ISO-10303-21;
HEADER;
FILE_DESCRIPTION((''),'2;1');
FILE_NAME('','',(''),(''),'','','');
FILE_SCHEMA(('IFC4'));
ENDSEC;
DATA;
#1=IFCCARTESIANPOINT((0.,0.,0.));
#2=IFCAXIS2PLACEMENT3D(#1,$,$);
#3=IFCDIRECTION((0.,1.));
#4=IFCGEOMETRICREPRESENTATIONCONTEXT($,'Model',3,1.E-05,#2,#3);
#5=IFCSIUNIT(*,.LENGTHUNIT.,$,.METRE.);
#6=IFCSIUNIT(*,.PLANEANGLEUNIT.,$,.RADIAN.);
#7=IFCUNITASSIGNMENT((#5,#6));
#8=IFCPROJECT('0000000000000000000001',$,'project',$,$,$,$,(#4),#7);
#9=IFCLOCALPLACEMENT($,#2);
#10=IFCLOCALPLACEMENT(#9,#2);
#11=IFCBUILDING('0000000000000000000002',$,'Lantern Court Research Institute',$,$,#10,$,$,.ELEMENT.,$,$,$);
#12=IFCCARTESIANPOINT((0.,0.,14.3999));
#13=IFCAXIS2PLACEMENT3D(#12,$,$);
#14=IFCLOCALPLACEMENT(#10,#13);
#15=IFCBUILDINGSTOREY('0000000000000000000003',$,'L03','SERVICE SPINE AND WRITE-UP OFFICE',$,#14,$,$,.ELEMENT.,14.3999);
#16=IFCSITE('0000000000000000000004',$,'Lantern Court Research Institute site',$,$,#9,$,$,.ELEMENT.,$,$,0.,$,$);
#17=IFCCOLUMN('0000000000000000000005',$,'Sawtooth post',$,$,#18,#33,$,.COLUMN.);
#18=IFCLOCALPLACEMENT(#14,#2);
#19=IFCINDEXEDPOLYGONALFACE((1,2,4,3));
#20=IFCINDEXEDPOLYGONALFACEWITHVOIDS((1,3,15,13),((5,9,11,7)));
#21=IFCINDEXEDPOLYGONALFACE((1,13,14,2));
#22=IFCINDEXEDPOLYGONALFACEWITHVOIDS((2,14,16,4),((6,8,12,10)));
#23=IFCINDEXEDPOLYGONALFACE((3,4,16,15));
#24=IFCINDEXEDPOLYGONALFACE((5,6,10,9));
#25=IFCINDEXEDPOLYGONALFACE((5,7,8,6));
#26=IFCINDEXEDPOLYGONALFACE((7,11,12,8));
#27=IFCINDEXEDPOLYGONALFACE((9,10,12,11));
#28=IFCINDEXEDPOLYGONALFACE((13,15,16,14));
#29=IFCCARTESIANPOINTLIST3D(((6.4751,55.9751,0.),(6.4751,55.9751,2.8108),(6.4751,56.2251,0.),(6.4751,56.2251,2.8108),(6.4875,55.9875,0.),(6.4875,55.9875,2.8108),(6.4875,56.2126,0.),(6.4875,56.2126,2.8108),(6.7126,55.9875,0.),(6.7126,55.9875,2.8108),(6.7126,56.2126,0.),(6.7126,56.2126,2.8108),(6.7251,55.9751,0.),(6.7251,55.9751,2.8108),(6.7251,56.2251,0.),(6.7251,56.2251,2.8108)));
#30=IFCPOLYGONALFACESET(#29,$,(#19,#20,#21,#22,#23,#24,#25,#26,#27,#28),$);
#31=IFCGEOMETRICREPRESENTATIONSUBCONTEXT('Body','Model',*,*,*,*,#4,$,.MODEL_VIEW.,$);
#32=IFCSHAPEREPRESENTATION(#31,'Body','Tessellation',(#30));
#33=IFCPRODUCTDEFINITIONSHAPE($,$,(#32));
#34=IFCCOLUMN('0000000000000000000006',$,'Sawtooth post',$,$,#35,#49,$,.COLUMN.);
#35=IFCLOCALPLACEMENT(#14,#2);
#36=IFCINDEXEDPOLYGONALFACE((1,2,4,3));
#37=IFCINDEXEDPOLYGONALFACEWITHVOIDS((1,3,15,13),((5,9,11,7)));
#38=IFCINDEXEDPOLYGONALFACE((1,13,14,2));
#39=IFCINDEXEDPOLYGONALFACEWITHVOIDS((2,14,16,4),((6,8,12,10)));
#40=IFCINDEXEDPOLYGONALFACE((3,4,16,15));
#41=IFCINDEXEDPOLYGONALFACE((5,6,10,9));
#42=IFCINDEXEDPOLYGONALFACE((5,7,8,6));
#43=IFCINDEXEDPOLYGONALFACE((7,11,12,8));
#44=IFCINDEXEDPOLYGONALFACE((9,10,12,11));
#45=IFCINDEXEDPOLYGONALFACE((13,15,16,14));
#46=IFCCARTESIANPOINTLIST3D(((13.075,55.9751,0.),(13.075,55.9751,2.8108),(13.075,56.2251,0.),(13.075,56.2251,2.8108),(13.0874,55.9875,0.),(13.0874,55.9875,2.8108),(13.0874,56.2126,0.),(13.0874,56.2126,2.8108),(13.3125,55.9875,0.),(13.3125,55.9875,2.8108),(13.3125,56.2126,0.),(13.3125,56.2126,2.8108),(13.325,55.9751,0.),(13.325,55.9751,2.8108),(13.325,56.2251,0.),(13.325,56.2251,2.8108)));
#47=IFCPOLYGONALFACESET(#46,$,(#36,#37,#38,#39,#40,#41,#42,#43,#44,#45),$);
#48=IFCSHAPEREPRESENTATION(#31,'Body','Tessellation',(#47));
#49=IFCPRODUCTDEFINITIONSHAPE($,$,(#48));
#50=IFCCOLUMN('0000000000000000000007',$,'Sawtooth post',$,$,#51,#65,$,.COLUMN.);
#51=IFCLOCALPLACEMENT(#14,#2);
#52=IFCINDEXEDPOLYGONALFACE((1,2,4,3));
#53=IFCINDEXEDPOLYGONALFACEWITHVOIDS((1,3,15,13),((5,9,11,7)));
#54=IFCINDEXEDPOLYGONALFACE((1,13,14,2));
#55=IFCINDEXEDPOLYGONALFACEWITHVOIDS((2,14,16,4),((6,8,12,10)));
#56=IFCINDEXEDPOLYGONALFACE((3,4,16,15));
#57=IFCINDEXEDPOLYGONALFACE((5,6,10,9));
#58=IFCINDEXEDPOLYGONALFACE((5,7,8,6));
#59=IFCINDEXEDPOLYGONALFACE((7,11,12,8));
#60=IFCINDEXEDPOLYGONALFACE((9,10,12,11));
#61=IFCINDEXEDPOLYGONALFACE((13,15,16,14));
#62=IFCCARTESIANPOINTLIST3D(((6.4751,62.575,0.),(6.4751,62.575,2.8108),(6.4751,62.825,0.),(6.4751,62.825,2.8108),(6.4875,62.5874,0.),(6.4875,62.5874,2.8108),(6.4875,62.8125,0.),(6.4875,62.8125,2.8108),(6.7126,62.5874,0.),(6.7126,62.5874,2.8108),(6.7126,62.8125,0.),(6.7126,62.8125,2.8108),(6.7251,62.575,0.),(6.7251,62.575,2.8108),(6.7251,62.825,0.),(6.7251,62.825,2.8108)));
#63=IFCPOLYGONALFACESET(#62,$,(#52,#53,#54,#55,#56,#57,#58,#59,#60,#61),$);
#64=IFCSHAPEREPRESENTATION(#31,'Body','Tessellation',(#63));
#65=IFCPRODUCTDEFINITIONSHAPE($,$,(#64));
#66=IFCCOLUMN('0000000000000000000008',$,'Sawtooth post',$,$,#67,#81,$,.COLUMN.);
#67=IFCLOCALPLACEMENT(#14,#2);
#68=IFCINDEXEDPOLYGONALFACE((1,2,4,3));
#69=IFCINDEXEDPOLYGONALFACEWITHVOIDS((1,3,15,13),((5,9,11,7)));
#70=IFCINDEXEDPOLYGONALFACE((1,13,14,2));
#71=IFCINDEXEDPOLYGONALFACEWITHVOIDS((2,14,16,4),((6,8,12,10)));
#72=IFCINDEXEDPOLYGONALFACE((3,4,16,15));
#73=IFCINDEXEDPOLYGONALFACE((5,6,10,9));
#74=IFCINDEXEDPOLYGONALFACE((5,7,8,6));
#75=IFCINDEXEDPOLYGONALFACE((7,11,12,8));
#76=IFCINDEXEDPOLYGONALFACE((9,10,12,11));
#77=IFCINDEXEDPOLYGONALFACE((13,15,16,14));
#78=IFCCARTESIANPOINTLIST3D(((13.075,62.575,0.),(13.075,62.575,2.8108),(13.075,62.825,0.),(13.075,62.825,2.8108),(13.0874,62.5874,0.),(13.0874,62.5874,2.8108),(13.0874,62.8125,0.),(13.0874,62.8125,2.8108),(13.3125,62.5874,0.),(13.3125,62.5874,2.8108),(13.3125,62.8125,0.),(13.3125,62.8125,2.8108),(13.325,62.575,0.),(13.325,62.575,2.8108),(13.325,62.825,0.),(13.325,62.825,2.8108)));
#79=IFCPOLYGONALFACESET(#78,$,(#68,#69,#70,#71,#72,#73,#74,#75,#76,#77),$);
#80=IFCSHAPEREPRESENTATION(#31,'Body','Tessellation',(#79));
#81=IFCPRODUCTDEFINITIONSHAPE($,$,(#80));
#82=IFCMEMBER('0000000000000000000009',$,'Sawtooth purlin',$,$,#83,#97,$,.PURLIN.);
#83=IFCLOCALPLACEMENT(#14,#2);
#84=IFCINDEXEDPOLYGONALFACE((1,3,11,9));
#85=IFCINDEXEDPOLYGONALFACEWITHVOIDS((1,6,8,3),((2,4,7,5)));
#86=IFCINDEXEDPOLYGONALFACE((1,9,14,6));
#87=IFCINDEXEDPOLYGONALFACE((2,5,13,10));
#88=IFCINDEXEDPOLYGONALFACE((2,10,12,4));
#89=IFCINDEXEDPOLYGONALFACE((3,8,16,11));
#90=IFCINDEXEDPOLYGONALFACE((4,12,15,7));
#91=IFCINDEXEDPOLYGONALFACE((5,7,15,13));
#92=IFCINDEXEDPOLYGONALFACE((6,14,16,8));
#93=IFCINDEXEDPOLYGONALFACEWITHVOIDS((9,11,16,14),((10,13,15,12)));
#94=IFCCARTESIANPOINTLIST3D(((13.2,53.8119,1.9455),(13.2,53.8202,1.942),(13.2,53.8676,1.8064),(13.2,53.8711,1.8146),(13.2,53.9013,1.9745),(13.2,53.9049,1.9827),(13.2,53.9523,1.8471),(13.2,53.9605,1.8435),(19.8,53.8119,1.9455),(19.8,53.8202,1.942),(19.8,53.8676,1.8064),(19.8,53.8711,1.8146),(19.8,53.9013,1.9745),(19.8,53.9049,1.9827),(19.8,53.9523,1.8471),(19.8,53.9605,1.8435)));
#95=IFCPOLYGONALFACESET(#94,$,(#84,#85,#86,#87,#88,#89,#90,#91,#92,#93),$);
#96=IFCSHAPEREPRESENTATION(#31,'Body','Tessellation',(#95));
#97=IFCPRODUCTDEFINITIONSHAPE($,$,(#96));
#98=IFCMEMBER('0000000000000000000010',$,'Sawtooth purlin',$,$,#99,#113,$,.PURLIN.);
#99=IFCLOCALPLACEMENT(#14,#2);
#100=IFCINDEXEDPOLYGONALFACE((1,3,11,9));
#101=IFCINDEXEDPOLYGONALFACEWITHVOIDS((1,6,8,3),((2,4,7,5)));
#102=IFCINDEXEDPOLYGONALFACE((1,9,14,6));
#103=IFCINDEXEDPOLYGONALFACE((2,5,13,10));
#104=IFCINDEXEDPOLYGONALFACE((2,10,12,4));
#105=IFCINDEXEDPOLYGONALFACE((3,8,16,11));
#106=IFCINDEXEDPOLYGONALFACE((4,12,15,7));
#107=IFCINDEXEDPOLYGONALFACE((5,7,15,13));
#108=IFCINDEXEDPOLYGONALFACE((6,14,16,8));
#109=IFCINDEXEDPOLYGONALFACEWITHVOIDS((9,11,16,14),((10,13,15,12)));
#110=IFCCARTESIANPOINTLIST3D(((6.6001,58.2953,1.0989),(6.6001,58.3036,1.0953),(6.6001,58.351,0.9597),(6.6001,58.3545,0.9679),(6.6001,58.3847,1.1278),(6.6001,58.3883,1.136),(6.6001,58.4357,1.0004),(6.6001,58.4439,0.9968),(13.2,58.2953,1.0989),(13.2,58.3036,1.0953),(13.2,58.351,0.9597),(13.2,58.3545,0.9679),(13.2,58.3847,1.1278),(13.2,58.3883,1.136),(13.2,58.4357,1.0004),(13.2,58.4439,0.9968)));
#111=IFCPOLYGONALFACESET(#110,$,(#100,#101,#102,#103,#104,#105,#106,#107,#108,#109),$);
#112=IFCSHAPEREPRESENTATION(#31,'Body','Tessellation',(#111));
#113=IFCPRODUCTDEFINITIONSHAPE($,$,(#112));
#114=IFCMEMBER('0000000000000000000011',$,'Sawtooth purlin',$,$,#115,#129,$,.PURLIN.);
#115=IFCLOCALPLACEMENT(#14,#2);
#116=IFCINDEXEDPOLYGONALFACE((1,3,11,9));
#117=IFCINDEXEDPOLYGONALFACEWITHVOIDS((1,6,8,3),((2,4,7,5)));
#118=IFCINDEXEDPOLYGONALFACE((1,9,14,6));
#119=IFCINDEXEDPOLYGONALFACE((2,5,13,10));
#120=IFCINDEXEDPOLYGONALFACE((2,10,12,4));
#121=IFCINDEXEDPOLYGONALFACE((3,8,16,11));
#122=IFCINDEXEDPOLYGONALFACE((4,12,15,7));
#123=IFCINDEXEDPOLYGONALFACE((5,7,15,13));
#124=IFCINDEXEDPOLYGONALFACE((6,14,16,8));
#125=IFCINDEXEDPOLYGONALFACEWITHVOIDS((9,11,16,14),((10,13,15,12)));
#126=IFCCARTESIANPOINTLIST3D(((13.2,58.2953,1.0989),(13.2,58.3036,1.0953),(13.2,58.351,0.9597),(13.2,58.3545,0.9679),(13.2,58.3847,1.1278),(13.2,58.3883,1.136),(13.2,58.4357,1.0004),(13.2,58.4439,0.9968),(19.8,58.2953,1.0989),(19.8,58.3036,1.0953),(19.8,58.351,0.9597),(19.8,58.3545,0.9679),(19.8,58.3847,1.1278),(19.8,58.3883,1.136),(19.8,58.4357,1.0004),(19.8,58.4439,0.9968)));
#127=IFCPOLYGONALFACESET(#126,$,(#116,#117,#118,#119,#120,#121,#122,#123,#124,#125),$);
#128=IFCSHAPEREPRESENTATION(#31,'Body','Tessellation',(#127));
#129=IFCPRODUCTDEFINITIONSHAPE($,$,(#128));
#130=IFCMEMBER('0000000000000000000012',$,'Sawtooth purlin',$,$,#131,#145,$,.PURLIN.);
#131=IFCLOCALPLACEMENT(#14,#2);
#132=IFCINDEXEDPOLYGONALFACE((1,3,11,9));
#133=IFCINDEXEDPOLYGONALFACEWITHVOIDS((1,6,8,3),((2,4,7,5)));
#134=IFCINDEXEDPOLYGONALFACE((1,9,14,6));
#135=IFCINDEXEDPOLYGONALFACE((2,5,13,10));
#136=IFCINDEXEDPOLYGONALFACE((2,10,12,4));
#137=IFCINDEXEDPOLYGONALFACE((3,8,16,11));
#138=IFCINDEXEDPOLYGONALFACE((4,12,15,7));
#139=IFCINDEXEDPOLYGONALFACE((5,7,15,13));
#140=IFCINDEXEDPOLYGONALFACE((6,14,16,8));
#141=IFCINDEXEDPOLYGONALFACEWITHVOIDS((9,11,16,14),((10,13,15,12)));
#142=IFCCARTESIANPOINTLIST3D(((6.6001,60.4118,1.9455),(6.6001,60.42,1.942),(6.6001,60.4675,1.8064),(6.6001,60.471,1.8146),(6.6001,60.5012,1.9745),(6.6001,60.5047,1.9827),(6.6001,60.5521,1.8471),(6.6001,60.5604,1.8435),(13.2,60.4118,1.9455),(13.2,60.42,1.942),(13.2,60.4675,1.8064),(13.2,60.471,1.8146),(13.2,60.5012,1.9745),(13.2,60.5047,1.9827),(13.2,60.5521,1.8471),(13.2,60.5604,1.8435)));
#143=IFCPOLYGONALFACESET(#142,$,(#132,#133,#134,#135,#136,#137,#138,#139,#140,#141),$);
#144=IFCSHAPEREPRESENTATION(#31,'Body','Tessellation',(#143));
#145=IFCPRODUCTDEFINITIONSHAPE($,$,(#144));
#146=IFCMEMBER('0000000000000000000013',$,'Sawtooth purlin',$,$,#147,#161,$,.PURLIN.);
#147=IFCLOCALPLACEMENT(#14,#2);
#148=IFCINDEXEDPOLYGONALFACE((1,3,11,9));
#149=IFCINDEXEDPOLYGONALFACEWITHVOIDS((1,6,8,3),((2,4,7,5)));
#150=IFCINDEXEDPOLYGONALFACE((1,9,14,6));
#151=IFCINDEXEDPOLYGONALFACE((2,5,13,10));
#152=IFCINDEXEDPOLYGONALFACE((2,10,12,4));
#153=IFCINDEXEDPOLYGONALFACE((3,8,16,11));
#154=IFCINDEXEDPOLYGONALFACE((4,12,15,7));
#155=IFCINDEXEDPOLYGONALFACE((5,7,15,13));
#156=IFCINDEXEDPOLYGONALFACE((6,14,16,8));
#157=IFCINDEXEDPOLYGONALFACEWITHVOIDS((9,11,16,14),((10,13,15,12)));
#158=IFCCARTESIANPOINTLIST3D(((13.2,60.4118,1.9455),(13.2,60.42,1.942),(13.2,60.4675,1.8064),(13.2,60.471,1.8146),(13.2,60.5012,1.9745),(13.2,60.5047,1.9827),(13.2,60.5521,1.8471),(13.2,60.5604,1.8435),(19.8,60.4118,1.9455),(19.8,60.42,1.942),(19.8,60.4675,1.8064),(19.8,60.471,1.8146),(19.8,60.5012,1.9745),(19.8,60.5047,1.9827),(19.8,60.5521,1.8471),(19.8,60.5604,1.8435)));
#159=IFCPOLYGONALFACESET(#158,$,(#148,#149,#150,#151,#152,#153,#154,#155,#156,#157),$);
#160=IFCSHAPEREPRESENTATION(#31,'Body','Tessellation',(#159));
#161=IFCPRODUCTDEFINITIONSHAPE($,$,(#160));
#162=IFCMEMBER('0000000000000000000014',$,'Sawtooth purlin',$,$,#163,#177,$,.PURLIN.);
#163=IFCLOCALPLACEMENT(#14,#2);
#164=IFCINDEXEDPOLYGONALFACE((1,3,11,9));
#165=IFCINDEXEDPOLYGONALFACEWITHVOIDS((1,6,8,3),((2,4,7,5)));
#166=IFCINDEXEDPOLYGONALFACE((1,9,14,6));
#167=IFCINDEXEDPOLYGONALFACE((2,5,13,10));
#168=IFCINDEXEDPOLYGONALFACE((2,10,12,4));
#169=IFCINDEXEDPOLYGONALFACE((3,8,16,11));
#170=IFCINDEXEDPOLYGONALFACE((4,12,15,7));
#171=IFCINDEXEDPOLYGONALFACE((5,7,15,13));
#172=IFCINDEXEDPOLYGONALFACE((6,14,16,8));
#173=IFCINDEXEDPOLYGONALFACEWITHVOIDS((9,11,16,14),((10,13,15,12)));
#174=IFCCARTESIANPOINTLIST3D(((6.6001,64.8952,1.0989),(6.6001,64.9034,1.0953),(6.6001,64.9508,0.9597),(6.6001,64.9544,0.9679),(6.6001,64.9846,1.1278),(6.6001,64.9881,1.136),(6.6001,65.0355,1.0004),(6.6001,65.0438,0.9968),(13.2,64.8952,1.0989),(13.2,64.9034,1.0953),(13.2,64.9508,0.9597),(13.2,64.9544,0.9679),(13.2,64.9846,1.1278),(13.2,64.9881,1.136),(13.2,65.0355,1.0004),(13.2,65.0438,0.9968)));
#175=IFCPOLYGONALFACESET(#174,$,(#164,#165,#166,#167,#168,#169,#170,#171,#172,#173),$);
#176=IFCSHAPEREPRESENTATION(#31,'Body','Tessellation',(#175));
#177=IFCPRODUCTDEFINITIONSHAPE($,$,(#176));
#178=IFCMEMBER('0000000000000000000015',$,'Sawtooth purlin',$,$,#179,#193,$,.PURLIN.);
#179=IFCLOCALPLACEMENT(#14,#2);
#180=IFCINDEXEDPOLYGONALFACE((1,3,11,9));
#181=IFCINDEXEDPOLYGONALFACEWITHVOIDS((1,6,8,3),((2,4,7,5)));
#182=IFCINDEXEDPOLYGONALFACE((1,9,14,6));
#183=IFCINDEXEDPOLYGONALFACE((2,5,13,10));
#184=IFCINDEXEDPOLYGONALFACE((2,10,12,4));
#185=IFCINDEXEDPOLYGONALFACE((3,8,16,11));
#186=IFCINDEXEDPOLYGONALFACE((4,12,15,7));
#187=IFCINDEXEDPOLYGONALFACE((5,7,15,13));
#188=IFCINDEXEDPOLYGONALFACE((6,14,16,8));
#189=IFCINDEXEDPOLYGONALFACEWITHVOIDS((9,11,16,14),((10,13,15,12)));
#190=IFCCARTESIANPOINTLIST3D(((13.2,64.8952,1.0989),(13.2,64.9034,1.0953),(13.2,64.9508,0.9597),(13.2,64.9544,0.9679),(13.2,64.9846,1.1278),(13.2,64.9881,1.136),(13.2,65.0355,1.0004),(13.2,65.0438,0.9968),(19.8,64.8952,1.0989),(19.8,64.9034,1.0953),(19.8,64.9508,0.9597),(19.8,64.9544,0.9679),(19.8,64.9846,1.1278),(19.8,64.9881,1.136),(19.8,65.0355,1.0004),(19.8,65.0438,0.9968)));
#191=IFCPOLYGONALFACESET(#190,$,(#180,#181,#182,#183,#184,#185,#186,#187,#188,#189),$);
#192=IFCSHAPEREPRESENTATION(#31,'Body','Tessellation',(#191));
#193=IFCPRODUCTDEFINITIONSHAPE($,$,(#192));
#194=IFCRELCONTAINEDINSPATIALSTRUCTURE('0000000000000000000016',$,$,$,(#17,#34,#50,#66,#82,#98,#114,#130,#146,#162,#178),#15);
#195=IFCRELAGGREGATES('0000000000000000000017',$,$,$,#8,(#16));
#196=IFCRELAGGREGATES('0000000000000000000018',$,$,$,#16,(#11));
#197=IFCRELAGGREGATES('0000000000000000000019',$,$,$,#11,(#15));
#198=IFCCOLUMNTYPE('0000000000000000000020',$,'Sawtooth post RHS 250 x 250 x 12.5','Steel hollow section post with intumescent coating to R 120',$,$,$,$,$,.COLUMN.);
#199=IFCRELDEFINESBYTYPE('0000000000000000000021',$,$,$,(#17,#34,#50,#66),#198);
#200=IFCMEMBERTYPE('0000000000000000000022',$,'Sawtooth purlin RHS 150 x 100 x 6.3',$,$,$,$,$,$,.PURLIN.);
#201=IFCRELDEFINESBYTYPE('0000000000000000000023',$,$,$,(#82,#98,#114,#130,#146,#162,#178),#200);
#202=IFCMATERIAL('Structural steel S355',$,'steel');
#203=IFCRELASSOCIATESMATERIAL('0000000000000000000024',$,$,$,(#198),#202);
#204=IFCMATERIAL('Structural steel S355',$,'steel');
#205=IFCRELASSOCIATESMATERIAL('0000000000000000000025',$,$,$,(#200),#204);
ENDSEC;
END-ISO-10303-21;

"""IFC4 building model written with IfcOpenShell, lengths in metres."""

from ifc_helpers import new_model, si_unit, direction, frame, origin, origin_2d, place, context, subcontext, project, spatial, hollow_rectangle, extrude, material, material_profile, profile_set, type_object, element, save


model = new_model("IFC4")

# Units and contexts
model_context = context("Model", 3, precision=1e-05, world=origin(), true_north=direction((0.0, 1.0)))
body_context = subcontext(model_context, "Body", "Model", "MODEL_VIEW")
ifc_project = project(units=[si_unit("LENGTHUNIT", "METRE"), si_unit("PLANEANGLEUNIT", "RADIAN")], contexts=[model_context])

# Site, building, storey
site_placement = place(None, origin())
site = spatial("IfcSite", under=ifc_project, at=site_placement, Name="Lantern Court Research Institute site", CompositionType="ELEMENT", RefElevation=0.0)
building_placement = place(site_placement, origin())
building = spatial("IfcBuilding", under=site, at=building_placement, Name="Lantern Court Research Institute", CompositionType="ELEMENT")
storey_placement = place(building_placement, frame((0.0, 0.0, 14.3999)))
storey = spatial("IfcBuildingStorey", under=building, at=storey_placement, Name="L03", Description="SERVICE SPINE AND WRITE-UP OFFICE", CompositionType="ELEMENT", Elevation=14.3999)

# Columns
ifc_material_1 = material(Name="Structural steel S355", Category="steel")
ifc_material_profile_1 = material_profile(ifc_material_1, hollow_rectangle(XDim=0.25, YDim=0.25, WallThickness=0.0125, at=origin_2d()), Name="Sawtooth post RHS 250 x 250 x 12.5")
ifc_profile_set_1 = profile_set([ifc_material_profile_1], Name="Structural steel S355")
column_type = type_object("IfcColumnType", Name="Sawtooth post RHS 250 x 250 x 12.5", Description="Steel hollow section post with intumescent coating to R 120", PredefinedType="COLUMN", material=ifc_profile_set_1)
for number, where, z_axis, x_axis, name in (
    (1, (6.6001, 56.1001, 0.0), (0.0, 0.0, 1.0), (1.0, 0.0, 0.0), "Sawtooth post"),
    (2, (13.2, 56.1001, 0.0), (0.0, 0.0, 1.0), (1.0, 0.0, 0.0), "Sawtooth post"),
    (3, (6.6001, 62.7, 0.0), (0.0, 0.0, 1.0), (1.0, 0.0, 0.0), "Sawtooth post"),
    (4, (13.2, 62.7, 0.0), (0.0, 0.0, 1.0), (1.0, 0.0, 0.0), "Sawtooth post"),
):
    element("IfcColumn", number, at=place(storey_placement, frame(where, z_axis=z_axis, x_axis=x_axis)), inside=storey, type_object=column_type, Name=name, PredefinedType="COLUMN", context=body_context, shape_type="SweptSolid", body=[
        extrude(hollow_rectangle(XDim=0.25, YDim=0.25, WallThickness=0.0125, at=origin_2d()), origin(), (0.0, 0.0, 1.0), 2.8108),
    ])

# Members
ifc_material_2 = material(Name="Structural steel S355", Category="steel")
ifc_material_profile_2 = material_profile(ifc_material_2, hollow_rectangle(XDim=0.1001, YDim=0.1499, WallThickness=0.0063, at=origin_2d()), Name="Sawtooth purlin RHS 150 x 100 x 6.3")
ifc_profile_set_2 = profile_set([ifc_material_profile_2], Name="Structural steel S355")
member_type_1 = type_object("IfcMemberType", Name="Sawtooth purlin RHS 150 x 100 x 6.3", PredefinedType="PURLIN", material=ifc_profile_set_2)
member_1_placement = place(storey_placement, frame((13.2, 53.8862, 1.8945), z_axis=(1.0, 0.0, 0.0), x_axis=(0.0, 0.928477, 0.371391)))
element("IfcMember", 5, at=member_1_placement, inside=storey, type_object=member_type_1, Name="Sawtooth purlin", PredefinedType="PURLIN", context=body_context, shape_type="SweptSolid", body=[
    extrude(hollow_rectangle(XDim=0.1001, YDim=0.1499, WallThickness=0.0063, at=origin_2d()), origin(), (0.0, 0.0, 1.0), 6.6001),
])
member_2_placement = place(storey_placement, frame((6.6001, 58.3696, 1.0479), z_axis=(1.0, 0.0, 0.0), x_axis=(0.0, 0.928477, 0.371391)))
element("IfcMember", 6, at=member_2_placement, inside=storey, type_object=member_type_1, Name="Sawtooth purlin", PredefinedType="PURLIN", context=body_context, shape_type="SweptSolid", body=[
    extrude(hollow_rectangle(XDim=0.1001, YDim=0.1499, WallThickness=0.0063, at=origin_2d()), origin(), (0.0, 0.0, 1.0), 6.5999),
])
member_3_placement = place(storey_placement, frame((13.2, 58.3696, 1.0479), z_axis=(1.0, 0.0, 0.0), x_axis=(0.0, 0.928477, 0.371391)))
element("IfcMember", 7, at=member_3_placement, inside=storey, type_object=member_type_1, Name="Sawtooth purlin", PredefinedType="PURLIN", context=body_context, shape_type="SweptSolid", body=[
    extrude(hollow_rectangle(XDim=0.1001, YDim=0.1499, WallThickness=0.0063, at=origin_2d()), origin(), (0.0, 0.0, 1.0), 6.6001),
])
member_4_placement = place(storey_placement, frame((6.6001, 60.4861, 1.8945), z_axis=(1.0, 0.0, 0.0), x_axis=(0.0, 0.928477, 0.371391)))
element("IfcMember", 8, at=member_4_placement, inside=storey, type_object=member_type_1, Name="Sawtooth purlin", PredefinedType="PURLIN", context=body_context, shape_type="SweptSolid", body=[
    extrude(hollow_rectangle(XDim=0.1001, YDim=0.1499, WallThickness=0.0063, at=origin_2d()), origin(), (0.0, 0.0, 1.0), 6.5999),
])
member_5_placement = place(storey_placement, frame((13.2, 60.4861, 1.8945), z_axis=(1.0, 0.0, 0.0), x_axis=(0.0, 0.928477, 0.371391)))
element("IfcMember", 9, at=member_5_placement, inside=storey, type_object=member_type_1, Name="Sawtooth purlin", PredefinedType="PURLIN", context=body_context, shape_type="SweptSolid", body=[
    extrude(hollow_rectangle(XDim=0.1001, YDim=0.1499, WallThickness=0.0063, at=origin_2d()), origin(), (0.0, 0.0, 1.0), 6.6001),
])
member_6_placement = place(storey_placement, frame((6.6001, 64.9695, 1.0479), z_axis=(1.0, 0.0, 0.0), x_axis=(0.0, 0.928477, 0.371391)))
element("IfcMember", 10, at=member_6_placement, inside=storey, type_object=member_type_1, Name="Sawtooth purlin", PredefinedType="PURLIN", context=body_context, shape_type="SweptSolid", body=[
    extrude(hollow_rectangle(XDim=0.1001, YDim=0.1499, WallThickness=0.0063, at=origin_2d()), origin(), (0.0, 0.0, 1.0), 6.5999),
])
member_7_placement = place(storey_placement, frame((13.2, 64.9695, 1.0479), z_axis=(1.0, 0.0, 0.0), x_axis=(0.0, 0.928477, 0.371391)))
element("IfcMember", 11, at=member_7_placement, inside=storey, type_object=member_type_1, Name="Sawtooth purlin", PredefinedType="PURLIN", context=body_context, shape_type="SweptSolid", body=[
    extrude(hollow_rectangle(XDim=0.1001, YDim=0.1499, WallThickness=0.0063, at=origin_2d()), origin(), (0.0, 0.0, 1.0), 6.6001),
])

save(model, "model.ifc")
